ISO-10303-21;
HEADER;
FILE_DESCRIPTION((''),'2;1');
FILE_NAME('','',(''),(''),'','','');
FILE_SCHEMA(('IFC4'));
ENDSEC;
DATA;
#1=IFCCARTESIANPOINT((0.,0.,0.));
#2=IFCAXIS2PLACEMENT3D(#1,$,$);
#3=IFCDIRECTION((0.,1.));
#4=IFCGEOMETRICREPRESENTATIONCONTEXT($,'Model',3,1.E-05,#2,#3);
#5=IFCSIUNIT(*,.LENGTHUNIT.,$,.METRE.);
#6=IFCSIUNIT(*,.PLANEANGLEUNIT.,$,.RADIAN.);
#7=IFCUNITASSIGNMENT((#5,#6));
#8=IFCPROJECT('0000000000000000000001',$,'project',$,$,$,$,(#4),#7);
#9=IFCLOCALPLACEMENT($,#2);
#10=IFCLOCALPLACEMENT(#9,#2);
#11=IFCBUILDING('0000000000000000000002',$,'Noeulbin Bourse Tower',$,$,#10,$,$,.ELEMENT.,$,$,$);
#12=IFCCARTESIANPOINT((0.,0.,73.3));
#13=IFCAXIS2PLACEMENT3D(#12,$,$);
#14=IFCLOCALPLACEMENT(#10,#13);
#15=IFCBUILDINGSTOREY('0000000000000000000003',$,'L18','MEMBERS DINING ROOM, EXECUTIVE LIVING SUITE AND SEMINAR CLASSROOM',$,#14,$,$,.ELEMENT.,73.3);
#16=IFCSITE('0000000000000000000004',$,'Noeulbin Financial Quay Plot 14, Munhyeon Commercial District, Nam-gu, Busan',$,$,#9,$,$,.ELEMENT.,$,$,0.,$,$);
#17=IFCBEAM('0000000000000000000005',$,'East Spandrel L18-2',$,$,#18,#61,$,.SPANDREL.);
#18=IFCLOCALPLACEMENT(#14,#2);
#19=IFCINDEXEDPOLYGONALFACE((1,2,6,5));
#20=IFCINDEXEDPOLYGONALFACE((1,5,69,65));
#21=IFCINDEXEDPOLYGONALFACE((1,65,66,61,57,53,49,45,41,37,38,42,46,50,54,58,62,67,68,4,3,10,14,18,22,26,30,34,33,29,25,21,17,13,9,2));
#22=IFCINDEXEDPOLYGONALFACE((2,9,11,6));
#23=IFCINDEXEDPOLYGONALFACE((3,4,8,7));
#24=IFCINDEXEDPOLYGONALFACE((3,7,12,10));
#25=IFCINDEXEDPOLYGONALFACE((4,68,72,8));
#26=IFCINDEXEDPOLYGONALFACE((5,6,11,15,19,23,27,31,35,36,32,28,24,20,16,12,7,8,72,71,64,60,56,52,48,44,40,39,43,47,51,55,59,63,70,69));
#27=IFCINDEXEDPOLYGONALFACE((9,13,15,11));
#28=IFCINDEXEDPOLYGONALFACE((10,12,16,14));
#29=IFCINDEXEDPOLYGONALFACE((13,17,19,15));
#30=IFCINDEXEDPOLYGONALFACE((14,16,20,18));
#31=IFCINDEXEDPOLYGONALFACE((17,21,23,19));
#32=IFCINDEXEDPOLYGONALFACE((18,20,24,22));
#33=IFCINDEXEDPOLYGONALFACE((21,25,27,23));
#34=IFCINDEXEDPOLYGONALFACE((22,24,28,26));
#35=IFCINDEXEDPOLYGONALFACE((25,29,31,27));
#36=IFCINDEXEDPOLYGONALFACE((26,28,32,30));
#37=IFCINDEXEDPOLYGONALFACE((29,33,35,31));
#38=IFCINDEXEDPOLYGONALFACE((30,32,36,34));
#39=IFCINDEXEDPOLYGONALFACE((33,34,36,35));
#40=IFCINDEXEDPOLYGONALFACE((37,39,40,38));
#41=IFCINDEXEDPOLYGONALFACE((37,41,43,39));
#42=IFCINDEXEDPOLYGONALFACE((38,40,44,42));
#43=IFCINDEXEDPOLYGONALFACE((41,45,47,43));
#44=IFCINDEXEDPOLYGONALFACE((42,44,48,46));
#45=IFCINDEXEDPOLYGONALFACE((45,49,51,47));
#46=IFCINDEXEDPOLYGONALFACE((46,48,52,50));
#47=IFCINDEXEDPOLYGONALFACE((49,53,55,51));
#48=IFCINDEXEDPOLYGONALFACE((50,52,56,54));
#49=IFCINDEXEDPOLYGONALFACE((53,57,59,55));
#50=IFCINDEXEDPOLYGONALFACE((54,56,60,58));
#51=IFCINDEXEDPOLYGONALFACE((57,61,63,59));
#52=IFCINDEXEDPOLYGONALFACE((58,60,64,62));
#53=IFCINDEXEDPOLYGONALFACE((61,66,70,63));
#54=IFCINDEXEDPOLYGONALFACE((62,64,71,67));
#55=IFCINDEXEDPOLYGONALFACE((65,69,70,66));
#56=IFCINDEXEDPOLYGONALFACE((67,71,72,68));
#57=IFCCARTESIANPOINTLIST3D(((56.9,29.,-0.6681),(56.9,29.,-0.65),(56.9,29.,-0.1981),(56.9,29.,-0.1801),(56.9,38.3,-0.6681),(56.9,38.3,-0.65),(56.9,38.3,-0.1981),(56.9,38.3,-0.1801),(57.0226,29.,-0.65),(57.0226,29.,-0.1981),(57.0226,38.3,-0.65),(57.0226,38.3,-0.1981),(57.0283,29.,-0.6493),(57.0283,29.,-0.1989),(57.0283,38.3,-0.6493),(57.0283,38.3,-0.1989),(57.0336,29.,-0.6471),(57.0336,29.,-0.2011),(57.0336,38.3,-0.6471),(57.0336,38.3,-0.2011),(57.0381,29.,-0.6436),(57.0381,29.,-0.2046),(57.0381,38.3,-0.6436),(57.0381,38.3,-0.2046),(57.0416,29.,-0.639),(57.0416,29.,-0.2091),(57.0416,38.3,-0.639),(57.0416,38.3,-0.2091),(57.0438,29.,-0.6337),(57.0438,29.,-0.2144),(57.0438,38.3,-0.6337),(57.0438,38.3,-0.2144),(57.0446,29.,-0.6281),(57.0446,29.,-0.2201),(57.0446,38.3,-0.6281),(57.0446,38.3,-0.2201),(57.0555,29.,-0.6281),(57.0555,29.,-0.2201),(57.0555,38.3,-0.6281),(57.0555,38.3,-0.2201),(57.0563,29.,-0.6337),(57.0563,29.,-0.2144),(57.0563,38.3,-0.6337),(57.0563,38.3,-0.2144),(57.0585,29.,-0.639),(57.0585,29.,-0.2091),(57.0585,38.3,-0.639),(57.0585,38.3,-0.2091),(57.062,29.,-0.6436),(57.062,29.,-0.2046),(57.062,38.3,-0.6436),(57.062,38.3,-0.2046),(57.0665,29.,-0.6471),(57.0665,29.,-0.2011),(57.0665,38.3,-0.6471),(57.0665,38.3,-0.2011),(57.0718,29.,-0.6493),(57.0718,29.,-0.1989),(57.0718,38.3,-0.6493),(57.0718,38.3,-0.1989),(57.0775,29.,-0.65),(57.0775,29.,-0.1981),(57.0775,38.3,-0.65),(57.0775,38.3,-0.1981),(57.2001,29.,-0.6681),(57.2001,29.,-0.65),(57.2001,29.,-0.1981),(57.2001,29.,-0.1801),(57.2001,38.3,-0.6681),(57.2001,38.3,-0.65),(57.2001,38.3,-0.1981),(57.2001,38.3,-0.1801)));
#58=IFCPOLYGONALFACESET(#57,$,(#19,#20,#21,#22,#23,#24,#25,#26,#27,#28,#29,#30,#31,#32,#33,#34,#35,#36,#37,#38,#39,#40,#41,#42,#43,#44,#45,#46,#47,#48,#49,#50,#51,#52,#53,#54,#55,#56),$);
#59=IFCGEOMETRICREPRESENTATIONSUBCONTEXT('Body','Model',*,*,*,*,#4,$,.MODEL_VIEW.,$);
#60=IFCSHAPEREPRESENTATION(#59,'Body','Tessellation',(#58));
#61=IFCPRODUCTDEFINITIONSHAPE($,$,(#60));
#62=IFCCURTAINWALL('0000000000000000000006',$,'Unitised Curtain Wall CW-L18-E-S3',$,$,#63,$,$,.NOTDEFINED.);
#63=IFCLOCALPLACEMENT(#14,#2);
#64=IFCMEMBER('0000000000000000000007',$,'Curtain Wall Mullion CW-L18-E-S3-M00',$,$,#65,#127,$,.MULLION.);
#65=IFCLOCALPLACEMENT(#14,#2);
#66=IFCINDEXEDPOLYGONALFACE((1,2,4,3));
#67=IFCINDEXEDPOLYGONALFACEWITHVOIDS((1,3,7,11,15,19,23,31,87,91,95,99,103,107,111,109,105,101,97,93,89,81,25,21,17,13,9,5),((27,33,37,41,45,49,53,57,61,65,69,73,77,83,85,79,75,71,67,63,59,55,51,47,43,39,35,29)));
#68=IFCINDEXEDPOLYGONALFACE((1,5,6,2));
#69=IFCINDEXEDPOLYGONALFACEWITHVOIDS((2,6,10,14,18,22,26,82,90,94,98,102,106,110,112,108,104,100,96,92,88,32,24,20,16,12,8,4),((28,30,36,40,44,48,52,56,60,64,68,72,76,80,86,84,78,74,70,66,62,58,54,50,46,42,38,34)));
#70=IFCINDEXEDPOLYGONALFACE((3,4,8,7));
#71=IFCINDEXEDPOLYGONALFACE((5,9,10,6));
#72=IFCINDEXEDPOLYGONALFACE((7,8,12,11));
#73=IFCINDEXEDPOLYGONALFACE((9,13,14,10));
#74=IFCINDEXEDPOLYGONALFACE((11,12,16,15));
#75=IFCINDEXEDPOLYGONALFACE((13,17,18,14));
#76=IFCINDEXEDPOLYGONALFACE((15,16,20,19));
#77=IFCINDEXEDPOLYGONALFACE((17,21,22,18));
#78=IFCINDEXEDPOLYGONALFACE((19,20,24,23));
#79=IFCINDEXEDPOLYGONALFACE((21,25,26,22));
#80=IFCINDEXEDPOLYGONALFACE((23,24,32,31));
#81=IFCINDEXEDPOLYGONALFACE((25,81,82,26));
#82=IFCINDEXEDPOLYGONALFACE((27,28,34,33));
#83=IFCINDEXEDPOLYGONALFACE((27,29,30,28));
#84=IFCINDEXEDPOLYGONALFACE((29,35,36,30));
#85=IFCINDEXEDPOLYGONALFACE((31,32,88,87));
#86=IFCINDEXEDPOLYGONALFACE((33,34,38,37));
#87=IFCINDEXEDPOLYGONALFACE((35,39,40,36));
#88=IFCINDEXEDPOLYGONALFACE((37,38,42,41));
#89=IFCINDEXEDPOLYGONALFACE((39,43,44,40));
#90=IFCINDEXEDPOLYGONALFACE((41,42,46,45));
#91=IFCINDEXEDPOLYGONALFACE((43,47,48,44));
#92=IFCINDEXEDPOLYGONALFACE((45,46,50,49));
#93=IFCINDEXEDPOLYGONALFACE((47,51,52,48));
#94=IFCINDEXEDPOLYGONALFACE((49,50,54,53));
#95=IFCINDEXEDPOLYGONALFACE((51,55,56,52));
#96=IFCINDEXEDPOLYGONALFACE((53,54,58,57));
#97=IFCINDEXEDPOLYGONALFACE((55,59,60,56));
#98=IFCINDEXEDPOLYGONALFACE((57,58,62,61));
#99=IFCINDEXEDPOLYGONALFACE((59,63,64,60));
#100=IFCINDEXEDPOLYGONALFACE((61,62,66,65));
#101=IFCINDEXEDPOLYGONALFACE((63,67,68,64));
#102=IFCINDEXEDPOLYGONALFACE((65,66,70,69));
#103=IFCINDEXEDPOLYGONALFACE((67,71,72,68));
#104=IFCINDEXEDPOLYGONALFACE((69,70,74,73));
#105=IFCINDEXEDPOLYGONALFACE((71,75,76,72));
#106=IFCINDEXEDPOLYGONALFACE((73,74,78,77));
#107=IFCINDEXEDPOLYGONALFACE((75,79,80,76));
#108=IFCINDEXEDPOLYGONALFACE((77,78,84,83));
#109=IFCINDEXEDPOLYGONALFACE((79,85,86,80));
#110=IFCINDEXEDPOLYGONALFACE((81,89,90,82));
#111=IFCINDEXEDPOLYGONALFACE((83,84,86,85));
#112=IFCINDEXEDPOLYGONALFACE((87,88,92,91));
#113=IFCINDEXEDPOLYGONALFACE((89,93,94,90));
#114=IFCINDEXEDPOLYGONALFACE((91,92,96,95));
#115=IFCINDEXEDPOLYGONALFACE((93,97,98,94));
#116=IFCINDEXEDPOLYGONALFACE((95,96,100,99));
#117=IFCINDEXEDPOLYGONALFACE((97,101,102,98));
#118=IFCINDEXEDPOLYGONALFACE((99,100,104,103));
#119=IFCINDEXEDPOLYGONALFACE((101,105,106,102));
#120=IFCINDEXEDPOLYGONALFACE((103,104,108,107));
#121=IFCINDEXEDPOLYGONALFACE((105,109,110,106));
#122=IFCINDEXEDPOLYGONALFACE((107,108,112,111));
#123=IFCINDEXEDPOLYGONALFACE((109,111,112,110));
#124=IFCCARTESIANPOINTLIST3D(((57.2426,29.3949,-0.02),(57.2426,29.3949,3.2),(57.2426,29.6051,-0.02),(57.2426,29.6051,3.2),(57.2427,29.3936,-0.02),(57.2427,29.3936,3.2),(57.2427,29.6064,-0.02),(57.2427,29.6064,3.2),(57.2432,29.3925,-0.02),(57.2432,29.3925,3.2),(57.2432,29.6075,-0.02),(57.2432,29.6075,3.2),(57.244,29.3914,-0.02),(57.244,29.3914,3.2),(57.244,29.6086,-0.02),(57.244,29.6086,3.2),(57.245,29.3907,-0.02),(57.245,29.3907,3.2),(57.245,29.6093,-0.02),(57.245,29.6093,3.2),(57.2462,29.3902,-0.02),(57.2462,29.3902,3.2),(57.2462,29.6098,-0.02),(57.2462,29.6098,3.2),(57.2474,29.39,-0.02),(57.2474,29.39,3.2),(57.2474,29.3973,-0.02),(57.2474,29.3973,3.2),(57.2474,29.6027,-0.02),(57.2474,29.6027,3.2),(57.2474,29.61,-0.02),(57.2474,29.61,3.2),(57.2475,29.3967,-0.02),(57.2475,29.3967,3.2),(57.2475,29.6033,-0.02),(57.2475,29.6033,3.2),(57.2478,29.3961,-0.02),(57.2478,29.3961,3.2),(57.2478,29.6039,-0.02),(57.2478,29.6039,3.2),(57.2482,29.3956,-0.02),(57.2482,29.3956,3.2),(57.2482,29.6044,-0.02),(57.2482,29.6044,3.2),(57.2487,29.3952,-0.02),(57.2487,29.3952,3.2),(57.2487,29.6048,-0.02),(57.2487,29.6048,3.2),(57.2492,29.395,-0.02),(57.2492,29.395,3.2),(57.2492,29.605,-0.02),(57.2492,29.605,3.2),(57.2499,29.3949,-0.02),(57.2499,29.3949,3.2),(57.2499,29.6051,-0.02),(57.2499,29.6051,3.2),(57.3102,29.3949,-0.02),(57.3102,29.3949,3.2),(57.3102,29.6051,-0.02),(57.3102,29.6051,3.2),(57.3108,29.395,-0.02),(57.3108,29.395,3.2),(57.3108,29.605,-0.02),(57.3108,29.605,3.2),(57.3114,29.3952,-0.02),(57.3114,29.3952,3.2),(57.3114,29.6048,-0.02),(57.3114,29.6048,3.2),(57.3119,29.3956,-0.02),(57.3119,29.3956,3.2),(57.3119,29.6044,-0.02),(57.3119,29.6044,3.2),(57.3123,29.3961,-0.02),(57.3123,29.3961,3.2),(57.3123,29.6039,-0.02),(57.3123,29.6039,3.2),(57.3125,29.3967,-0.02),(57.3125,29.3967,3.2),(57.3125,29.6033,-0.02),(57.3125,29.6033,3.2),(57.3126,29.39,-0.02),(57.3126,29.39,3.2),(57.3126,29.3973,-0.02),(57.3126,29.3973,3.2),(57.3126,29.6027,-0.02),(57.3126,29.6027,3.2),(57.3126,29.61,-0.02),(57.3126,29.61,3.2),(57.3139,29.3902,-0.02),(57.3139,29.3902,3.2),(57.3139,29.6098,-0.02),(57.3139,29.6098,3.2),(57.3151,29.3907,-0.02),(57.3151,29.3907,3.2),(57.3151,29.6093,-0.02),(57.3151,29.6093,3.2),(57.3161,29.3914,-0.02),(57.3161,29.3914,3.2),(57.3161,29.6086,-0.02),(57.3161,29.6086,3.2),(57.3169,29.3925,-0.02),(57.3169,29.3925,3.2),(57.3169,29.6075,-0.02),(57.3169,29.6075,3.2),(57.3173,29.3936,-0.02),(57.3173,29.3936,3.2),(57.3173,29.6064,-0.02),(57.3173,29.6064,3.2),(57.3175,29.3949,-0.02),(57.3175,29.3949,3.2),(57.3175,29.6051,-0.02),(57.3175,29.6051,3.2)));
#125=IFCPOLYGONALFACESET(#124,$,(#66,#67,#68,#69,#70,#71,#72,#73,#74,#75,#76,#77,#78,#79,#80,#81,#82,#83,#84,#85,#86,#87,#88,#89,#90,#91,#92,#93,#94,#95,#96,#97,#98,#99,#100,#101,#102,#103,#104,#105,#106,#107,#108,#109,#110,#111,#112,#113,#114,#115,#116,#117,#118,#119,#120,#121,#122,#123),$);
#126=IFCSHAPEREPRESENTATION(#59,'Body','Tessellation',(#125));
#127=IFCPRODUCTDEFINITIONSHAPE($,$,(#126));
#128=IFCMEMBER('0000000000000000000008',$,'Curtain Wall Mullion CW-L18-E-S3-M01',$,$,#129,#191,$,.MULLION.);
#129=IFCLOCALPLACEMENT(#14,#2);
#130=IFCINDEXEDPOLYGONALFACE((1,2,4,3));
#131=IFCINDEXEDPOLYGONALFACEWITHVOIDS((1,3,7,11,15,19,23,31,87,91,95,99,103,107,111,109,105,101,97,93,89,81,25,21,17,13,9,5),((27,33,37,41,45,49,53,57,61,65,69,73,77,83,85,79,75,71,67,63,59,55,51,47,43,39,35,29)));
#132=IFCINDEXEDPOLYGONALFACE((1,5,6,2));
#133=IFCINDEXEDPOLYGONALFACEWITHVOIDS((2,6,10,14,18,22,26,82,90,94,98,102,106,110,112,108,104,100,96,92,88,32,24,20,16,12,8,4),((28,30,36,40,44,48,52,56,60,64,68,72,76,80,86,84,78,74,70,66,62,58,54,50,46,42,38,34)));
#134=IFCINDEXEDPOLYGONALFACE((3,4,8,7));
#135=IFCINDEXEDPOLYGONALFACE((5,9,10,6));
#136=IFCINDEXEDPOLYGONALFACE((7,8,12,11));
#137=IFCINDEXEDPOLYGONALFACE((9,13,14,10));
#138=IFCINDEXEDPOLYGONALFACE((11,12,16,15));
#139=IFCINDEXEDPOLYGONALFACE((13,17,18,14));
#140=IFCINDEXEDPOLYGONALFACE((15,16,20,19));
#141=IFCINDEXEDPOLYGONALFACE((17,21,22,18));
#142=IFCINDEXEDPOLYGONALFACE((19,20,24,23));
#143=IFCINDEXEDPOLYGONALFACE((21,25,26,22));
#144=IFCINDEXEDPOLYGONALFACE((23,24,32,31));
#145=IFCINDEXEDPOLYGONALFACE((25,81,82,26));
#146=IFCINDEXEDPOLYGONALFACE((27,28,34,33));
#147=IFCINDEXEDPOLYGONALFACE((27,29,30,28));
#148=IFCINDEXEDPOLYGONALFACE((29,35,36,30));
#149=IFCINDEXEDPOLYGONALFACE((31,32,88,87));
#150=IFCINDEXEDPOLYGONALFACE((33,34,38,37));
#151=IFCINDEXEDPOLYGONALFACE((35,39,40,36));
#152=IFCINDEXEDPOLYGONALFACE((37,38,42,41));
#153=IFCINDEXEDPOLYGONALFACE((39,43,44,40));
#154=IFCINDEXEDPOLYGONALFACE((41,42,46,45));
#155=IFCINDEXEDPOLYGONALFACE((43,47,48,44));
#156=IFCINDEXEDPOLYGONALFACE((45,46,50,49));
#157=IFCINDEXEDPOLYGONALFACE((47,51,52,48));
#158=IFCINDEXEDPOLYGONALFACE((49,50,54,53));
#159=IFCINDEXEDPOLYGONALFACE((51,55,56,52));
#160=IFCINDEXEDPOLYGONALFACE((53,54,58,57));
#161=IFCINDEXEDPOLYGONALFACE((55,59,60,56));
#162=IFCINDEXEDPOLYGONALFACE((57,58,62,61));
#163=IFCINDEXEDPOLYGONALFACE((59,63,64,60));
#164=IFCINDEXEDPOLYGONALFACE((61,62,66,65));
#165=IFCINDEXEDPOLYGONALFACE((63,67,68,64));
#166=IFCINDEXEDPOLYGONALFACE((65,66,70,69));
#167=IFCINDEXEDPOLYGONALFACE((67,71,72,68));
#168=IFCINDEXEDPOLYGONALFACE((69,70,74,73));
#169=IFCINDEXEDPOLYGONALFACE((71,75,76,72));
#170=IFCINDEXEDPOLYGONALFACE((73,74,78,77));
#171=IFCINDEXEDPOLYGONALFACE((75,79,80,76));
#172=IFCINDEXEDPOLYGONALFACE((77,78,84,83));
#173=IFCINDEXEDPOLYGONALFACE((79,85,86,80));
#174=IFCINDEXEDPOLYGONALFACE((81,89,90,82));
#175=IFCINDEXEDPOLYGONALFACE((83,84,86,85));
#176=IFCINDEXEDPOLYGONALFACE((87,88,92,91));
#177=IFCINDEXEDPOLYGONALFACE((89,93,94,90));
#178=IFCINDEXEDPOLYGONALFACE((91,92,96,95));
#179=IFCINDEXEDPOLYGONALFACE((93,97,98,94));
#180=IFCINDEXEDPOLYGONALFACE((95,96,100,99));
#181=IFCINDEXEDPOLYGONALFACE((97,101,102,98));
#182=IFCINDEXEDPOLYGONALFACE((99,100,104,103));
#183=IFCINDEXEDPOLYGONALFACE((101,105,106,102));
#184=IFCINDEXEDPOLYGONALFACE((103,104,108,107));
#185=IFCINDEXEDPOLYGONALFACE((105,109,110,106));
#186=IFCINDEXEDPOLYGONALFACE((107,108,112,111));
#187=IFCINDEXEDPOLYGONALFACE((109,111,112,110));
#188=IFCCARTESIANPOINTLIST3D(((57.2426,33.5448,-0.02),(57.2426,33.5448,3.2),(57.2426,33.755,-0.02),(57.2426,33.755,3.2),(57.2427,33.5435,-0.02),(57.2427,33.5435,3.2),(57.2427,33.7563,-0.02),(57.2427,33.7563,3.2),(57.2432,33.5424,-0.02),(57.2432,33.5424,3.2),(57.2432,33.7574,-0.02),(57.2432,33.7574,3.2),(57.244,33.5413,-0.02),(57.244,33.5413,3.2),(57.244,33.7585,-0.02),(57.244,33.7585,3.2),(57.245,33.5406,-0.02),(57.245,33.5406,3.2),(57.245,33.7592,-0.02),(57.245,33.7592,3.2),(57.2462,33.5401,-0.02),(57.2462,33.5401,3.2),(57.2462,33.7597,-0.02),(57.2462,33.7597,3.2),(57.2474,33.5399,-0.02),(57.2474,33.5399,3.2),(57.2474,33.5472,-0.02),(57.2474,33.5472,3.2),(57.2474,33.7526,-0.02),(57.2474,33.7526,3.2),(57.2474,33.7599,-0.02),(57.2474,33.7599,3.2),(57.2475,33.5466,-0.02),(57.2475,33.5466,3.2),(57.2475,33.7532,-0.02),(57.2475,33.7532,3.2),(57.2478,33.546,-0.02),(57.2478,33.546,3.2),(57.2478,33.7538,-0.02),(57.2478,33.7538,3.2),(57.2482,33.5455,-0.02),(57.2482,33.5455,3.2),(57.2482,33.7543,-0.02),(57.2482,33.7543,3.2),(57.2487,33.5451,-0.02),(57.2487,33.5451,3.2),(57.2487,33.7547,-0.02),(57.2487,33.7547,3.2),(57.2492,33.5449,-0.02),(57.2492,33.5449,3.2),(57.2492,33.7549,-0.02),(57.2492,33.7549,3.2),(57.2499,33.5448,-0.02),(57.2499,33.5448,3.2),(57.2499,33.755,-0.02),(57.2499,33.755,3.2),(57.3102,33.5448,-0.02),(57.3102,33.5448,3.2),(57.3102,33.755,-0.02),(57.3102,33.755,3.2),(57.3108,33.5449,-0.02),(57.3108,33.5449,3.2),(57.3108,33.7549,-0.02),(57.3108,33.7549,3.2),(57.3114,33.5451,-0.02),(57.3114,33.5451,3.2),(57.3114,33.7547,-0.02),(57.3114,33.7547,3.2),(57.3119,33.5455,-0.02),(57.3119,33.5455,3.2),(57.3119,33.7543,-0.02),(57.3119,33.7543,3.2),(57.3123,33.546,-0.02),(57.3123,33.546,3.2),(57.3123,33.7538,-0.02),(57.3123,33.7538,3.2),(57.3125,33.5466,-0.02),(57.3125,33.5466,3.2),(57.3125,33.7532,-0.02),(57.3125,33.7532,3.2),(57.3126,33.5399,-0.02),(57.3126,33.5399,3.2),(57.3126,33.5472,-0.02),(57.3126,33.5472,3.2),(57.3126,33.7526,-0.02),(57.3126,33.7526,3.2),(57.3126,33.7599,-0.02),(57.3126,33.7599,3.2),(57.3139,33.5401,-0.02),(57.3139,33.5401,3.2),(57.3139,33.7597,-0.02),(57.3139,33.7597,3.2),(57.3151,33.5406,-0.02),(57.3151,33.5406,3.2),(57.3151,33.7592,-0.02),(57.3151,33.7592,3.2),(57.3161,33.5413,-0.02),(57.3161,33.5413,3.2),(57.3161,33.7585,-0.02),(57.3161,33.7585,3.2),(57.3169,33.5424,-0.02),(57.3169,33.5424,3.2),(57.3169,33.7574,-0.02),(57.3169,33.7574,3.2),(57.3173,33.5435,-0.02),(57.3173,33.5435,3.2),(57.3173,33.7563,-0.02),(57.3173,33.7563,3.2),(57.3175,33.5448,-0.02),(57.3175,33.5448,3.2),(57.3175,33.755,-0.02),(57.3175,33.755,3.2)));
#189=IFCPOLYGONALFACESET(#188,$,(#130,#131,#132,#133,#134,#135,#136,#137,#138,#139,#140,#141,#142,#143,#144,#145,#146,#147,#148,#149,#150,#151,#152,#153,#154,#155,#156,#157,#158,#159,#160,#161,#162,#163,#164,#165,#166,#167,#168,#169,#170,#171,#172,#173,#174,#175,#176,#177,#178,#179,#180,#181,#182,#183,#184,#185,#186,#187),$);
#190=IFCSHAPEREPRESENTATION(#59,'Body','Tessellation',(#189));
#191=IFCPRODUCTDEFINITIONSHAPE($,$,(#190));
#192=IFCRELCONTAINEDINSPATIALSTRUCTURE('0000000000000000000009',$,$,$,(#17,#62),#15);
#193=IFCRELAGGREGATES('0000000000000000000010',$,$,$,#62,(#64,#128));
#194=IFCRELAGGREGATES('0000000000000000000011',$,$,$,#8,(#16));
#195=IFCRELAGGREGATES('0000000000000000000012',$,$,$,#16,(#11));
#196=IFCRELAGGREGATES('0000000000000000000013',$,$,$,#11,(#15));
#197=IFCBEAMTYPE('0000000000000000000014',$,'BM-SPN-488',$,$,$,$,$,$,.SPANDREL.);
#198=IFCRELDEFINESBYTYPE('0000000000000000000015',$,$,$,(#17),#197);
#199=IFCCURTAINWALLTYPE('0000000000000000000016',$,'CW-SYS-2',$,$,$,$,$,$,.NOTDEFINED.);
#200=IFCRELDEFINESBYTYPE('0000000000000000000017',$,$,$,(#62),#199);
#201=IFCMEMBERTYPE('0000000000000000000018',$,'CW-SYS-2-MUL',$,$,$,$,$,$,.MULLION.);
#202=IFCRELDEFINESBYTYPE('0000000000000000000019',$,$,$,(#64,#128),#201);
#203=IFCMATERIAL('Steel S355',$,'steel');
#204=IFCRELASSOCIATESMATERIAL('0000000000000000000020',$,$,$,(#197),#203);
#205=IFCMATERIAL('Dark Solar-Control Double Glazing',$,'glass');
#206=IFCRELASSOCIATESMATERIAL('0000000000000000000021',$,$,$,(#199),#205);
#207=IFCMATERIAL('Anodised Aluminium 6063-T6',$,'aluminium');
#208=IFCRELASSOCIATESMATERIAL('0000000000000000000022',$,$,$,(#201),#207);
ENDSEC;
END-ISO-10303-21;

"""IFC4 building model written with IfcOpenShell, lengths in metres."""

from ifc_helpers import new_model, si_unit, direction, frame, origin, origin_2d, place, context, subcontext, project, spatial, hollow_rectangle, i_section, extrude, material, material_profile, profile_set, type_object, element, aggregate, save


model = new_model("IFC4")

# Units and contexts
model_context = context("Model", 3, precision=1e-05, world=origin(), true_north=direction((0.0, 1.0)))
body_context = subcontext(model_context, "Body", "Model", "MODEL_VIEW")
ifc_project = project(units=[si_unit("LENGTHUNIT", "METRE"), si_unit("PLANEANGLEUNIT", "RADIAN")], contexts=[model_context])

# Site, building, storey
site_placement = place(None, origin())
site = spatial("IfcSite", under=ifc_project, at=site_placement, Name="Noeulbin Financial Quay Plot 14, Munhyeon Commercial District, Nam-gu, Busan", CompositionType="ELEMENT", RefElevation=0.0)
building_placement = place(site_placement, origin())
building = spatial("IfcBuilding", under=site, at=building_placement, Name="Noeulbin Bourse Tower", CompositionType="ELEMENT")
storey_placement = place(building_placement, frame((0.0, 0.0, 73.3)))
storey = spatial("IfcBuildingStorey", under=building, at=storey_placement, Name="L18", Description="MEMBERS DINING ROOM, EXECUTIVE LIVING SUITE AND SEMINAR CLASSROOM", CompositionType="ELEMENT", Elevation=73.3)

# Beam
ifc_material_1 = material(Name="Steel S355", Category="steel")
ifc_material_profile_1 = material_profile(ifc_material_1, i_section(OverallWidth=0.3, OverallDepth=0.488, WebThickness=0.011, FlangeThickness=0.0181, FilletRadius=0.022, at=origin_2d()), Name="H-488x300x11x18", Category="LoadBearing")
ifc_profile_set_1 = profile_set([ifc_material_profile_1], Name="Steel S355")
beam_type_1 = type_object("IfcBeamType", Name="BM-SPN-488", PredefinedType="SPANDREL", material=ifc_profile_set_1)
beam_1_placement = place(storey_placement, frame((57.05, 29.0, -0.4241), z_axis=(0.0, 1.0, 0.0), x_axis=(-1.0, 0.0, 0.0)))
element("IfcBeam", 1, at=beam_1_placement, inside=storey, type_object=beam_type_1, Name="East Spandrel L18-2", PredefinedType="SPANDREL", context=body_context, shape_type="SweptSolid", body=[
    extrude(i_section(OverallWidth=0.3, OverallDepth=0.488, WebThickness=0.011, FlangeThickness=0.0181, FilletRadius=0.022, at=origin_2d()), origin(), (0.0, 0.0, 1.0), 9.3),
])

# Curtain wall, members
ifc_material_2 = material(Name="Dark Solar-Control Double Glazing", Category="glass")
curtain_wall_type = type_object("IfcCurtainWallType", Name="CW-SYS-2", PredefinedType="NOTDEFINED", material=ifc_material_2)
curtain_wall_placement = place(storey_placement, origin())
curtain_wall = element("IfcCurtainWall", 2, at=curtain_wall_placement, inside=storey, type_object=curtain_wall_type, Name="Unitised Curtain Wall CW-L18-E-S3", PredefinedType="NOTDEFINED")
ifc_material_3 = material(Name="Anodised Aluminium 6063-T6", Category="aluminium")
ifc_material_profile_2 = material_profile(ifc_material_3, hollow_rectangle(XDim=0.075, YDim=0.22, WallThickness=0.0049, InnerFilletRadius=0.0024, OuterFilletRadius=0.0049, at=origin_2d()), Name="ALU-MULL-75x220x5", Category="LoadBearing")
ifc_profile_set_2 = profile_set([ifc_material_profile_2], Name="Anodised Aluminium 6063-T6")
member_type_1 = type_object("IfcMemberType", Name="CW-SYS-2-MUL", PredefinedType="MULLION", material=ifc_profile_set_2)
member_1_placement = place(storey_placement, frame((57.28, 29.5, -0.02), z_axis=(0.0, 0.0, 1.0), x_axis=(1.0, 0.0, 0.0)))
member_1 = element("IfcMember", 3, at=member_1_placement, type_object=member_type_1, Name="Curtain Wall Mullion CW-L18-E-S3-M00", PredefinedType="MULLION", context=body_context, shape_type="SweptSolid", body=[
    extrude(hollow_rectangle(XDim=0.075, YDim=0.22, WallThickness=0.0049, InnerFilletRadius=0.0024, OuterFilletRadius=0.0049, at=origin_2d()), origin(), (0.0, 0.0, 1.0), 3.22),
])
member_2_placement = place(storey_placement, frame((57.28, 33.6499, -0.02), z_axis=(0.0, 0.0, 1.0), x_axis=(1.0, 0.0, 0.0)))
member_2 = element("IfcMember", 4, at=member_2_placement, type_object=member_type_1, Name="Curtain Wall Mullion CW-L18-E-S3-M01", PredefinedType="MULLION", context=body_context, shape_type="SweptSolid", body=[
    extrude(hollow_rectangle(XDim=0.075, YDim=0.22, WallThickness=0.0049, InnerFilletRadius=0.0024, OuterFilletRadius=0.0049, at=origin_2d()), origin(), (0.0, 0.0, 1.0), 3.22),
])
aggregate(curtain_wall, [member_1, member_2])

save(model, "model.ifc")
